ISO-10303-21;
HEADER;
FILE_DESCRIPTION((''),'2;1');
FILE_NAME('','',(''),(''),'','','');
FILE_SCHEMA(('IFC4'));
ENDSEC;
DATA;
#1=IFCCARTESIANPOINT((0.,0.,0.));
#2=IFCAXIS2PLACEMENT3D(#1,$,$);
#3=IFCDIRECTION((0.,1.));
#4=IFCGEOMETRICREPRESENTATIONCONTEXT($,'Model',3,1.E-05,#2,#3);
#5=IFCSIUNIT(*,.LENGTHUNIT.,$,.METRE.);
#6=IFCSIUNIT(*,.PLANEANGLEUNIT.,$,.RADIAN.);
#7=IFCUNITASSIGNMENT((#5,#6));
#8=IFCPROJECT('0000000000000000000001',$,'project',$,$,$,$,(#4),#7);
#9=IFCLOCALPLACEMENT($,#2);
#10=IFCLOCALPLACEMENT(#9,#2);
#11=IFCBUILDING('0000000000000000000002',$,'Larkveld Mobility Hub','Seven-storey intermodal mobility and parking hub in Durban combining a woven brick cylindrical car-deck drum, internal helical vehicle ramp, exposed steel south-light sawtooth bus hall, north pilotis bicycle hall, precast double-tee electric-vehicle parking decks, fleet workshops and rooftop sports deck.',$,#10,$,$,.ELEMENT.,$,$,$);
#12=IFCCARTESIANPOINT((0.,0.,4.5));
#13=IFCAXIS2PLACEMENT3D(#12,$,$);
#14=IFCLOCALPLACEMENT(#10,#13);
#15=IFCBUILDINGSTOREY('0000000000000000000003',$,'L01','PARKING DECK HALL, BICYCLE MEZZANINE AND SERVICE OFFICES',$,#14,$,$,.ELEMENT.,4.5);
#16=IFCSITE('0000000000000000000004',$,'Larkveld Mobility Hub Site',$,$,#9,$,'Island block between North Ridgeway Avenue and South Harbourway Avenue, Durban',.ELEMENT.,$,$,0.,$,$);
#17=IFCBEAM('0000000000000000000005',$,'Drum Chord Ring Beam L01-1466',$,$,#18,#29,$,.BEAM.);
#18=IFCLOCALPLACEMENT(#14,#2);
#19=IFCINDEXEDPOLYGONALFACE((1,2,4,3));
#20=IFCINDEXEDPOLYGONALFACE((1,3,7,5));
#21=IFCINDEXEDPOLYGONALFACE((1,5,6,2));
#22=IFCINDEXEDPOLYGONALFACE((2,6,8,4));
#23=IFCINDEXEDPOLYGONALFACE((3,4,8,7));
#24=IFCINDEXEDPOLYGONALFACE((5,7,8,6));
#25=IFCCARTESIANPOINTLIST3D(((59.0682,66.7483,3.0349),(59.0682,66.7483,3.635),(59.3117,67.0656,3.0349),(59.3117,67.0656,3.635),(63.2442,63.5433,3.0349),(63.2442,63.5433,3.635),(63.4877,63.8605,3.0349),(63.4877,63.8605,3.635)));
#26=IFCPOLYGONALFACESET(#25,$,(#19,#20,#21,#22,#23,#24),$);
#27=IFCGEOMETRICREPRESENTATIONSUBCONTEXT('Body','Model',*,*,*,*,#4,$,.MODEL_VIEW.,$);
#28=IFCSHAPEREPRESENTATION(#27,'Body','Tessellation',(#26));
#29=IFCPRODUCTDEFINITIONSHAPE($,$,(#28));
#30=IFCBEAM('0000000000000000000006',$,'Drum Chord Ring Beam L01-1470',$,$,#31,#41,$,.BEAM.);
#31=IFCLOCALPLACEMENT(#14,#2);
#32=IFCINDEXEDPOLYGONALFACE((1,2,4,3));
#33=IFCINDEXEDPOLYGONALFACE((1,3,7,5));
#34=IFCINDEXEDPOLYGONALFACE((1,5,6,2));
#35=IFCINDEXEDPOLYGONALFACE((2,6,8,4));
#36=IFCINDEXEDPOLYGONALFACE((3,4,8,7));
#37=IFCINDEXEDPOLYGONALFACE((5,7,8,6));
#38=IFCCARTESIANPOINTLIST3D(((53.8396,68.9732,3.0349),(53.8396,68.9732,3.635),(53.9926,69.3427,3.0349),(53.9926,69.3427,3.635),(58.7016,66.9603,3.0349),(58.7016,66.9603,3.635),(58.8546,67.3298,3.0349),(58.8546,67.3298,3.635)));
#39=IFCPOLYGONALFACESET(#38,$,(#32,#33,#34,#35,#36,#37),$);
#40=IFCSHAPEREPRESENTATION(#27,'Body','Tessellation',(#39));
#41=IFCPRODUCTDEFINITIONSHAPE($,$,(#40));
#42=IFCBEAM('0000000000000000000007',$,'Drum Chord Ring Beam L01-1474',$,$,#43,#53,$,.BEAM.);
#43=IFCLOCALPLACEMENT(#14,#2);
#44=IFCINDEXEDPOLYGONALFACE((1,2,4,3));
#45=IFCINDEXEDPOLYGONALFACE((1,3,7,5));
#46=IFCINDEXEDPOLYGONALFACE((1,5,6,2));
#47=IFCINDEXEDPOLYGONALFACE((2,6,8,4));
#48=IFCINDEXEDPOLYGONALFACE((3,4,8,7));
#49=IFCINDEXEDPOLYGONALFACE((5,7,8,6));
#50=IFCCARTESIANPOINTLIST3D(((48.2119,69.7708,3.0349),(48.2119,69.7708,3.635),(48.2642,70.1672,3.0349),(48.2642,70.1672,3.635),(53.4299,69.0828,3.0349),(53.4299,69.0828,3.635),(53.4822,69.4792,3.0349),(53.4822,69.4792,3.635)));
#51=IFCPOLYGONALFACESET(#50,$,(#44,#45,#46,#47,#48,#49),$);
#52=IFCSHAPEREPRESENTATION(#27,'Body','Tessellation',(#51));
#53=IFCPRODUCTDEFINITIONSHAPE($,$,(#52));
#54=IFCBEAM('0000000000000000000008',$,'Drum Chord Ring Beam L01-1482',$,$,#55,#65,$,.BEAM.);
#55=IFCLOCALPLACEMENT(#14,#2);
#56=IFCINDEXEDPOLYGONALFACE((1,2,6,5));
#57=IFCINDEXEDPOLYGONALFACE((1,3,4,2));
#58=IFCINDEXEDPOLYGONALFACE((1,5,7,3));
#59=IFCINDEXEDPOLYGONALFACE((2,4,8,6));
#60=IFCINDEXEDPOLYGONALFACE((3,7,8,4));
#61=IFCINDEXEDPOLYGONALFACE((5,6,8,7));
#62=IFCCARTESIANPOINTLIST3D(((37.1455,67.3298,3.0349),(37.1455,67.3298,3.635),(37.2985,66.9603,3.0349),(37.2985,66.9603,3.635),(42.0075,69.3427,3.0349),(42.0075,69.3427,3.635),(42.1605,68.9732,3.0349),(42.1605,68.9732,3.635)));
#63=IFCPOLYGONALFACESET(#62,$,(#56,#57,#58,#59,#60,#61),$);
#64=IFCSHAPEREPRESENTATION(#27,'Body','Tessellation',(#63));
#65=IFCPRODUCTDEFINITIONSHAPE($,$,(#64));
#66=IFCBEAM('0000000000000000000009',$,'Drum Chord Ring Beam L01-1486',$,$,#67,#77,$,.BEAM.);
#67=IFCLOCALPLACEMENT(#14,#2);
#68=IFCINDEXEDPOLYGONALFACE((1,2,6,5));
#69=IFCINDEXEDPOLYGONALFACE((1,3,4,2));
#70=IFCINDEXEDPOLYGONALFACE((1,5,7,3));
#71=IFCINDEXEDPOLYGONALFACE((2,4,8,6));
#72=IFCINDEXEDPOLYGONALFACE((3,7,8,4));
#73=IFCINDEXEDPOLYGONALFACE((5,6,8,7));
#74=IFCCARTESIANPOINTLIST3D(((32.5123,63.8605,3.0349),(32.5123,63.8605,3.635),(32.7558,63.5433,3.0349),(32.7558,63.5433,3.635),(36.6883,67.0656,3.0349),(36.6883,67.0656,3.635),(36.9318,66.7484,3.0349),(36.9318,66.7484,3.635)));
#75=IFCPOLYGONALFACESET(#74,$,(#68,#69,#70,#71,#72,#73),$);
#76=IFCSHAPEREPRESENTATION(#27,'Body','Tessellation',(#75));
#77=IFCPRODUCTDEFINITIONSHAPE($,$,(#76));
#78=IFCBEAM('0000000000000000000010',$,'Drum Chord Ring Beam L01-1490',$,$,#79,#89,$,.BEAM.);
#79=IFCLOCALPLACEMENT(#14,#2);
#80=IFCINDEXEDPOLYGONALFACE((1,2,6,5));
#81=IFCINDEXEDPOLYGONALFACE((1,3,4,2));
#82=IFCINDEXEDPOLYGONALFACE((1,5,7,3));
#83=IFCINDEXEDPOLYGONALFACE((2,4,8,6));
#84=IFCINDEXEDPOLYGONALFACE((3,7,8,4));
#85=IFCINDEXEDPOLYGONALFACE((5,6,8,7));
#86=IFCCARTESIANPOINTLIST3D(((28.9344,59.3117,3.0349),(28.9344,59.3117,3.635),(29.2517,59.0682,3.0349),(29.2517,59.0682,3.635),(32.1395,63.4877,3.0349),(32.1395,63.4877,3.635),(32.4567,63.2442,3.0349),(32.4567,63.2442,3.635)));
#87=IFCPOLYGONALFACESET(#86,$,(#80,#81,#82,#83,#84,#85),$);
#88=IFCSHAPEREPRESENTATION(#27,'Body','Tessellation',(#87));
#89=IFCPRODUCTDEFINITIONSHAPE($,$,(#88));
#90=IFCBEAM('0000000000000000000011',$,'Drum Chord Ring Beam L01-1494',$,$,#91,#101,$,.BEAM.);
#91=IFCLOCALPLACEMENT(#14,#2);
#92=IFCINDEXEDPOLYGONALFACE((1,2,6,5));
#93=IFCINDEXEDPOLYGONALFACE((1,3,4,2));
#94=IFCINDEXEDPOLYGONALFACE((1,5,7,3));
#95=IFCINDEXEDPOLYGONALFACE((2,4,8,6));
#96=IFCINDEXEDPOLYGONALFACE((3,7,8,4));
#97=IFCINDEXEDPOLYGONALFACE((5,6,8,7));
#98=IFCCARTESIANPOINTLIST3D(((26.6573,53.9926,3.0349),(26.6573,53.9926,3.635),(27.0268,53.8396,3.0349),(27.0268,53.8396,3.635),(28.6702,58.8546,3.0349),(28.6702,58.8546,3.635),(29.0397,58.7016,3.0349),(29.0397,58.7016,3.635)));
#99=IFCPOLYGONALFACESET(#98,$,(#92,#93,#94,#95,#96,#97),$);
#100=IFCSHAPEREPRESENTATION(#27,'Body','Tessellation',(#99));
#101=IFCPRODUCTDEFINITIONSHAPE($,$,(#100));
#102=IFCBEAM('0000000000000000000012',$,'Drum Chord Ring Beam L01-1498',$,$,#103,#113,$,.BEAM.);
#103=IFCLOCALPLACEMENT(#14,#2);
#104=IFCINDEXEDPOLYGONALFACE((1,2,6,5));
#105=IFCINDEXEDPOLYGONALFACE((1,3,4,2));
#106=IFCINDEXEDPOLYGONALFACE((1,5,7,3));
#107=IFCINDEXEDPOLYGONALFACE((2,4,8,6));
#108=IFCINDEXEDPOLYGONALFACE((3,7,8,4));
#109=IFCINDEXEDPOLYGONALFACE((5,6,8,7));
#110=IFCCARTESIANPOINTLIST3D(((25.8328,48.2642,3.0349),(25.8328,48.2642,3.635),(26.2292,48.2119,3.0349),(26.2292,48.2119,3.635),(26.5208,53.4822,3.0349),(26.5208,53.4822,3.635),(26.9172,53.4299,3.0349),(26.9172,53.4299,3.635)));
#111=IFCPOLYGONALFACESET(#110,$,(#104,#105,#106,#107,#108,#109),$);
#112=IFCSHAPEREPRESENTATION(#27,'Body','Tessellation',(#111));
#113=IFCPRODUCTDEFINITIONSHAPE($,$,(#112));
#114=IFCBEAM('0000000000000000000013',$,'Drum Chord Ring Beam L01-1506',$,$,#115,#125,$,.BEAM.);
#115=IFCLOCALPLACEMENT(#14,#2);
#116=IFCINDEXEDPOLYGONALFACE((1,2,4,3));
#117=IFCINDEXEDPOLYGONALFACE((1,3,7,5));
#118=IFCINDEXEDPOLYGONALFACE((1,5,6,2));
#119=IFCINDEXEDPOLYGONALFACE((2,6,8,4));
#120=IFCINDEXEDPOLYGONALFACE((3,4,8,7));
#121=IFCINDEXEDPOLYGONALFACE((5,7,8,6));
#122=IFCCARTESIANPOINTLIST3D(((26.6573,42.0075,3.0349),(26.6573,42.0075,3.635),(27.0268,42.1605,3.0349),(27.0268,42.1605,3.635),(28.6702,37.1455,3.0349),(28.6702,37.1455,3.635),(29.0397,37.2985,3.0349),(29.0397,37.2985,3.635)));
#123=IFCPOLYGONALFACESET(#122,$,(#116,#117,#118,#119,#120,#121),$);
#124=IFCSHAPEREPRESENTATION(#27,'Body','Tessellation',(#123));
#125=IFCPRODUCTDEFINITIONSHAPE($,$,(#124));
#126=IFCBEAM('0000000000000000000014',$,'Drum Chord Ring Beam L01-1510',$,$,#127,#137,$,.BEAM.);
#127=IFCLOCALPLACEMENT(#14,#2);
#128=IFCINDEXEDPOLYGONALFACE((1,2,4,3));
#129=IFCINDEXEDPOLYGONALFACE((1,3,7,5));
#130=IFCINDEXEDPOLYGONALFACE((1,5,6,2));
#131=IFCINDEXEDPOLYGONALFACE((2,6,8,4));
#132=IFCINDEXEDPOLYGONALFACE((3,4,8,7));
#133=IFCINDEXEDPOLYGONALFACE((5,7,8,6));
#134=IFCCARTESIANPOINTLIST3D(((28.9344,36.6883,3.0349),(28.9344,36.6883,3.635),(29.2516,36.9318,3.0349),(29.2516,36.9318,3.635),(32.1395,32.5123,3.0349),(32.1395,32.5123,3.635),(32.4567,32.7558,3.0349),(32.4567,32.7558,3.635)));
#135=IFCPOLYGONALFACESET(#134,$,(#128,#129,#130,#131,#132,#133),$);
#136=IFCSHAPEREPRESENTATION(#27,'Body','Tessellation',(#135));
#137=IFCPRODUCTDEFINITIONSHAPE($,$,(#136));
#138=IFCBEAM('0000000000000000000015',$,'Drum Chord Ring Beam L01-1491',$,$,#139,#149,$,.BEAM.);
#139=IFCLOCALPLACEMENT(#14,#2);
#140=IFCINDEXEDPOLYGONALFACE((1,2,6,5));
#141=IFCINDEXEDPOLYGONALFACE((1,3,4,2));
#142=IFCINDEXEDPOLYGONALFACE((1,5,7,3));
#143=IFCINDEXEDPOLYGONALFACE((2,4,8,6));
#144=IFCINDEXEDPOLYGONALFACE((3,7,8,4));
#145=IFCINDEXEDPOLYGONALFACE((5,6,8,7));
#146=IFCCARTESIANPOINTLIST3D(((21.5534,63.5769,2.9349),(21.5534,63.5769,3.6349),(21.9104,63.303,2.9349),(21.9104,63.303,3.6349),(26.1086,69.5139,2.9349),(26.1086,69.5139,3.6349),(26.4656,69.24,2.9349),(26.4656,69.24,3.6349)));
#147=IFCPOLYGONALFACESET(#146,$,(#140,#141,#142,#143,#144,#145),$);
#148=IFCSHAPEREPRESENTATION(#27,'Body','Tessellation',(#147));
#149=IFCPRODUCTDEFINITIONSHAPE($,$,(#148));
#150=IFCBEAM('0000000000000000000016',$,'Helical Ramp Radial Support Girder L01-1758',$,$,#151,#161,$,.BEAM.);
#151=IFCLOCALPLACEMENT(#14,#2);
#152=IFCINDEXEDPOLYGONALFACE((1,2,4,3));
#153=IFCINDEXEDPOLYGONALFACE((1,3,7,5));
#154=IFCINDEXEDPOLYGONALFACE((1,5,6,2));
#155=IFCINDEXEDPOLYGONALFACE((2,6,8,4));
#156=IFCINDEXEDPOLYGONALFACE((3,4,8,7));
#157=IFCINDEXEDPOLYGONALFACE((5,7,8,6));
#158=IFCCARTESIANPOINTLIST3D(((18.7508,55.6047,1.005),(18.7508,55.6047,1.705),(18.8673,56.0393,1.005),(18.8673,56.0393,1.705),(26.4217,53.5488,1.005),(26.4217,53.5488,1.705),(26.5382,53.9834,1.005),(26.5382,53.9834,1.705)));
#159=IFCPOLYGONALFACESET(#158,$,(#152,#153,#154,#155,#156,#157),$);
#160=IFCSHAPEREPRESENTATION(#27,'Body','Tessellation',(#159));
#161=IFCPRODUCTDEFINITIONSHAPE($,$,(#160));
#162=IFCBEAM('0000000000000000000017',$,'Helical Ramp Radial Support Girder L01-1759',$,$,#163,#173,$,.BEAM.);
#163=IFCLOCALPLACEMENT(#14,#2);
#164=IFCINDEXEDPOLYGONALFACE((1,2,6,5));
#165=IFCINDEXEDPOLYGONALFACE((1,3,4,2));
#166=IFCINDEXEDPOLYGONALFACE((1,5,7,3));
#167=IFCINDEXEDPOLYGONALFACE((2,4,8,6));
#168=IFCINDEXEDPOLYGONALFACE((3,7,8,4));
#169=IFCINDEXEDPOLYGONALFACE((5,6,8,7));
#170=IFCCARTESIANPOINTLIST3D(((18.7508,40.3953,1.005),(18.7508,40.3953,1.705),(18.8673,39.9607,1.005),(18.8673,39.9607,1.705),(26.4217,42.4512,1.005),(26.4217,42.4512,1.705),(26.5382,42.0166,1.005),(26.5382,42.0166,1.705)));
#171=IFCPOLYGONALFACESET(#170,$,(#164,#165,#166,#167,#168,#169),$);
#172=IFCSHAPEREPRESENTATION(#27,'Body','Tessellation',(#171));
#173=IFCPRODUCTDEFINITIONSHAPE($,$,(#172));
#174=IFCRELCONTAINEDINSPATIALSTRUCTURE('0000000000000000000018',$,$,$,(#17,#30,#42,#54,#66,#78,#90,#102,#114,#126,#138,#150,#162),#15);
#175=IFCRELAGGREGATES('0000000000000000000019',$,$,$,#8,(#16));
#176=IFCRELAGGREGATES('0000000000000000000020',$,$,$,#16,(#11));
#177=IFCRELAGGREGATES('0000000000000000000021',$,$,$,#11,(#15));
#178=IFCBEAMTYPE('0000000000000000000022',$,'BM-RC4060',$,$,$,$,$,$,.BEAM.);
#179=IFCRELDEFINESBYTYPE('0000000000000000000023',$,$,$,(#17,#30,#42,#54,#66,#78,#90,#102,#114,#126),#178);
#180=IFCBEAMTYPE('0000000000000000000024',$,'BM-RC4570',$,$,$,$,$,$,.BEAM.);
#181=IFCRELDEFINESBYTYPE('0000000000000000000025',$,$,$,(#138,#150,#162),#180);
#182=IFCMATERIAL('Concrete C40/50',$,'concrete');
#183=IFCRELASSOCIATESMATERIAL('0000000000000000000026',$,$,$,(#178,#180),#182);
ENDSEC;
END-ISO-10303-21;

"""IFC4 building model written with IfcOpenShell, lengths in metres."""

from ifc_helpers import new_model, si_unit, direction, frame, origin, origin_2d, place, context, subcontext, project, spatial, rectangle, extrude, material, material_profile, profile_set, type_object, element, save


model = new_model("IFC4")

# Units and contexts
model_context = context("Model", 3, precision=1e-05, world=origin(), true_north=direction((0.0, 1.0)))
body_context = subcontext(model_context, "Body", "Model", "MODEL_VIEW")
ifc_project = project(units=[si_unit("LENGTHUNIT", "METRE"), si_unit("PLANEANGLEUNIT", "RADIAN")], contexts=[model_context])

# Site, building, storey
site_placement = place(None, origin())
site = spatial("IfcSite", under=ifc_project, at=site_placement, Name="Larkveld Mobility Hub Site", LongName="Island block between North Ridgeway Avenue and South Harbourway Avenue, Durban", CompositionType="ELEMENT", RefElevation=0.0)
building_placement = place(site_placement, origin())
building = spatial("IfcBuilding", under=site, at=building_placement, Name="Larkveld Mobility Hub", Description="Seven-storey intermodal mobility and parking hub in Durban combining a woven brick cylindrical car-deck drum, internal helical vehicle ramp, exposed steel south-light sawtooth bus hall, north pilotis bicycle hall, precast double-tee electric-vehicle parking decks, fleet workshops and rooftop sports deck.", CompositionType="ELEMENT")
storey_placement = place(building_placement, frame((0.0, 0.0, 4.5)))
storey = spatial("IfcBuildingStorey", under=building, at=storey_placement, Name="L01", Description="PARKING DECK HALL, BICYCLE MEZZANINE AND SERVICE OFFICES", CompositionType="ELEMENT", Elevation=4.5)

# Shared definitions
ifc_material_1 = material(Name="Concrete C40/50", Category="concrete")

# Beams
ifc_material_profile_1 = material_profile(ifc_material_1, rectangle(XDim=0.3999, YDim=0.6001, at=origin_2d()), Name="RC BM 400x600")
ifc_profile_set_1 = profile_set([ifc_material_profile_1], Name="Concrete C40/50")
beam_type_1 = type_object("IfcBeamType", Name="BM-RC4060", PredefinedType="BEAM", material=ifc_profile_set_1)
beam_1_placement = place(storey_placement, frame((63.366, 63.7019, 3.335), z_axis=(-0.793289, 0.608845, 0.0), x_axis=(-0.608845, -0.793289, 0.0)))
element("IfcBeam", 1, at=beam_1_placement, inside=storey, type_object=beam_type_1, Name="Drum Chord Ring Beam L01-1466", PredefinedType="BEAM", context=body_context, shape_type="SweptSolid", body=[
    extrude(rectangle(XDim=0.3999, YDim=0.6001, at=origin_2d()), origin(), (0.0, 0.0, 1.0), 5.2642),
])
beam_2_placement = place(storey_placement, frame((58.7781, 67.145, 3.335), z_axis=(-0.923946, 0.382523, 0.0), x_axis=(-0.382523, -0.923946, 0.0)))
element("IfcBeam", 2, at=beam_2_placement, inside=storey, type_object=beam_type_1, Name="Drum Chord Ring Beam L01-1470", PredefinedType="BEAM", context=body_context, shape_type="SweptSolid", body=[
    extrude(rectangle(XDim=0.3999, YDim=0.6001, at=origin_2d()), origin(), (0.0, 0.0, 1.0), 5.2622),
])
beam_3_placement = place(storey_placement, frame((53.4561, 69.281, 3.335), z_axis=(-0.99142, 0.130717, 0.0), x_axis=(-0.130717, -0.99142, 0.0)))
element("IfcBeam", 3, at=beam_3_placement, inside=storey, type_object=beam_type_1, Name="Drum Chord Ring Beam L01-1474", PredefinedType="BEAM", context=body_context, shape_type="SweptSolid", body=[
    extrude(rectangle(XDim=0.3999, YDim=0.6001, at=origin_2d()), origin(), (0.0, 0.0, 1.0), 5.2632),
])
beam_4_placement = place(storey_placement, frame((42.084, 69.158, 3.335), z_axis=(-0.923946, -0.382523, 0.0), x_axis=(0.382523, -0.923946, 0.0)))
element("IfcBeam", 4, at=beam_4_placement, inside=storey, type_object=beam_type_1, Name="Drum Chord Ring Beam L01-1482", PredefinedType="BEAM", context=body_context, shape_type="SweptSolid", body=[
    extrude(rectangle(XDim=0.3999, YDim=0.6001, at=origin_2d()), origin(), (0.0, 0.0, 1.0), 5.2622),
])
for number, where, z_axis, x_axis, name in (
    (5, (36.8101, 66.907, 3.335), (-0.793289, -0.608845, 0.0), (0.608845, -0.793289, 0.0), "Drum Chord Ring Beam L01-1486"),
    (6, (32.2981, 63.366, 3.335), (-0.608845, -0.793289, 0.0), (0.793289, -0.608845, 0.0), "Drum Chord Ring Beam L01-1490"),
):
    element("IfcBeam", number, at=place(storey_placement, frame(where, z_axis=z_axis, x_axis=x_axis)), inside=storey, type_object=beam_type_1, Name=name, PredefinedType="BEAM", context=body_context, shape_type="SweptSolid", body=[
        extrude(rectangle(XDim=0.3999, YDim=0.6001, at=origin_2d()), origin(), (0.0, 0.0, 1.0), 5.2642),
    ])
beam_5_placement = place(storey_placement, frame((28.855, 58.7781, 3.335), z_axis=(-0.382523, -0.923946, 0.0), x_axis=(0.923946, -0.382523, 0.0)))
element("IfcBeam", 7, at=beam_5_placement, inside=storey, type_object=beam_type_1, Name="Drum Chord Ring Beam L01-1494", PredefinedType="BEAM", context=body_context, shape_type="SweptSolid", body=[
    extrude(rectangle(XDim=0.3999, YDim=0.6001, at=origin_2d()), origin(), (0.0, 0.0, 1.0), 5.2622),
])
beam_6_placement = place(storey_placement, frame((26.719, 53.4561, 3.335), z_axis=(-0.130717, -0.99142, 0.0), x_axis=(0.99142, -0.130717, 0.0)))
element("IfcBeam", 8, at=beam_6_placement, inside=storey, type_object=beam_type_1, Name="Drum Chord Ring Beam L01-1498", PredefinedType="BEAM", context=body_context, shape_type="SweptSolid", body=[
    extrude(rectangle(XDim=0.3999, YDim=0.6001, at=origin_2d()), origin(), (0.0, 0.0, 1.0), 5.2632),
])
beam_7_placement = place(storey_placement, frame((26.842, 42.084, 3.335), z_axis=(0.382523, -0.923946, 0.0), x_axis=(0.923946, 0.382523, 0.0)))
element("IfcBeam", 9, at=beam_7_placement, inside=storey, type_object=beam_type_1, Name="Drum Chord Ring Beam L01-1506", PredefinedType="BEAM", context=body_context, shape_type="SweptSolid", body=[
    extrude(rectangle(XDim=0.3999, YDim=0.6001, at=origin_2d()), origin(), (0.0, 0.0, 1.0), 5.2622),
])
beam_8_placement = place(storey_placement, frame((29.093, 36.8101, 3.335), z_axis=(0.608845, -0.793289, 0.0), x_axis=(0.793289, 0.608845, 0.0)))
element("IfcBeam", 10, at=beam_8_placement, inside=storey, type_object=beam_type_1, Name="Drum Chord Ring Beam L01-1510", PredefinedType="BEAM", context=body_context, shape_type="SweptSolid", body=[
    extrude(rectangle(XDim=0.3999, YDim=0.6001, at=origin_2d()), origin(), (0.0, 0.0, 1.0), 5.2642),
])
ifc_material_profile_2 = material_profile(ifc_material_1, rectangle(XDim=0.45, YDim=0.7, at=origin_2d()), Name="RC BM 450x700")
ifc_profile_set_2 = profile_set([ifc_material_profile_2], Name="Concrete C40/50")
beam_type_2 = type_object("IfcBeamType", Name="BM-RC4570", PredefinedType="BEAM", material=ifc_profile_set_2)
beam_9_placement = place(storey_placement, frame((26.2871, 69.377, 3.2849), z_axis=(-0.608723, -0.793383, 0.0), x_axis=(0.793383, -0.608723, 0.0)))
element("IfcBeam", 11, at=beam_9_placement, inside=storey, type_object=beam_type_2, Name="Drum Chord Ring Beam L01-1491", PredefinedType="BEAM", context=body_context, shape_type="SweptSolid", body=[
    extrude(rectangle(XDim=0.45, YDim=0.7, at=origin_2d()), origin(), (0.0, 0.0, 1.0), 7.4832),
])
for number, where, z_axis, x_axis, name in (
    (12, (26.48, 53.7661, 1.355), (-0.96591, 0.258877, 0.0), (-0.258877, -0.96591, 0.0), "Helical Ramp Radial Support Girder L01-1758"),
    (13, (26.48, 42.2339, 1.355), (-0.96591, -0.258877, 0.0), (0.258877, -0.96591, 0.0), "Helical Ramp Radial Support Girder L01-1759"),
):
    element("IfcBeam", number, at=place(storey_placement, frame(where, z_axis=z_axis, x_axis=x_axis)), inside=storey, type_object=beam_type_2, Name=name, PredefinedType="BEAM", context=body_context, shape_type="SweptSolid", body=[
        extrude(rectangle(XDim=0.45, YDim=0.7, at=origin_2d()), origin(), (0.0, 0.0, 1.0), 7.9417),
    ])

save(model, "model.ifc")
